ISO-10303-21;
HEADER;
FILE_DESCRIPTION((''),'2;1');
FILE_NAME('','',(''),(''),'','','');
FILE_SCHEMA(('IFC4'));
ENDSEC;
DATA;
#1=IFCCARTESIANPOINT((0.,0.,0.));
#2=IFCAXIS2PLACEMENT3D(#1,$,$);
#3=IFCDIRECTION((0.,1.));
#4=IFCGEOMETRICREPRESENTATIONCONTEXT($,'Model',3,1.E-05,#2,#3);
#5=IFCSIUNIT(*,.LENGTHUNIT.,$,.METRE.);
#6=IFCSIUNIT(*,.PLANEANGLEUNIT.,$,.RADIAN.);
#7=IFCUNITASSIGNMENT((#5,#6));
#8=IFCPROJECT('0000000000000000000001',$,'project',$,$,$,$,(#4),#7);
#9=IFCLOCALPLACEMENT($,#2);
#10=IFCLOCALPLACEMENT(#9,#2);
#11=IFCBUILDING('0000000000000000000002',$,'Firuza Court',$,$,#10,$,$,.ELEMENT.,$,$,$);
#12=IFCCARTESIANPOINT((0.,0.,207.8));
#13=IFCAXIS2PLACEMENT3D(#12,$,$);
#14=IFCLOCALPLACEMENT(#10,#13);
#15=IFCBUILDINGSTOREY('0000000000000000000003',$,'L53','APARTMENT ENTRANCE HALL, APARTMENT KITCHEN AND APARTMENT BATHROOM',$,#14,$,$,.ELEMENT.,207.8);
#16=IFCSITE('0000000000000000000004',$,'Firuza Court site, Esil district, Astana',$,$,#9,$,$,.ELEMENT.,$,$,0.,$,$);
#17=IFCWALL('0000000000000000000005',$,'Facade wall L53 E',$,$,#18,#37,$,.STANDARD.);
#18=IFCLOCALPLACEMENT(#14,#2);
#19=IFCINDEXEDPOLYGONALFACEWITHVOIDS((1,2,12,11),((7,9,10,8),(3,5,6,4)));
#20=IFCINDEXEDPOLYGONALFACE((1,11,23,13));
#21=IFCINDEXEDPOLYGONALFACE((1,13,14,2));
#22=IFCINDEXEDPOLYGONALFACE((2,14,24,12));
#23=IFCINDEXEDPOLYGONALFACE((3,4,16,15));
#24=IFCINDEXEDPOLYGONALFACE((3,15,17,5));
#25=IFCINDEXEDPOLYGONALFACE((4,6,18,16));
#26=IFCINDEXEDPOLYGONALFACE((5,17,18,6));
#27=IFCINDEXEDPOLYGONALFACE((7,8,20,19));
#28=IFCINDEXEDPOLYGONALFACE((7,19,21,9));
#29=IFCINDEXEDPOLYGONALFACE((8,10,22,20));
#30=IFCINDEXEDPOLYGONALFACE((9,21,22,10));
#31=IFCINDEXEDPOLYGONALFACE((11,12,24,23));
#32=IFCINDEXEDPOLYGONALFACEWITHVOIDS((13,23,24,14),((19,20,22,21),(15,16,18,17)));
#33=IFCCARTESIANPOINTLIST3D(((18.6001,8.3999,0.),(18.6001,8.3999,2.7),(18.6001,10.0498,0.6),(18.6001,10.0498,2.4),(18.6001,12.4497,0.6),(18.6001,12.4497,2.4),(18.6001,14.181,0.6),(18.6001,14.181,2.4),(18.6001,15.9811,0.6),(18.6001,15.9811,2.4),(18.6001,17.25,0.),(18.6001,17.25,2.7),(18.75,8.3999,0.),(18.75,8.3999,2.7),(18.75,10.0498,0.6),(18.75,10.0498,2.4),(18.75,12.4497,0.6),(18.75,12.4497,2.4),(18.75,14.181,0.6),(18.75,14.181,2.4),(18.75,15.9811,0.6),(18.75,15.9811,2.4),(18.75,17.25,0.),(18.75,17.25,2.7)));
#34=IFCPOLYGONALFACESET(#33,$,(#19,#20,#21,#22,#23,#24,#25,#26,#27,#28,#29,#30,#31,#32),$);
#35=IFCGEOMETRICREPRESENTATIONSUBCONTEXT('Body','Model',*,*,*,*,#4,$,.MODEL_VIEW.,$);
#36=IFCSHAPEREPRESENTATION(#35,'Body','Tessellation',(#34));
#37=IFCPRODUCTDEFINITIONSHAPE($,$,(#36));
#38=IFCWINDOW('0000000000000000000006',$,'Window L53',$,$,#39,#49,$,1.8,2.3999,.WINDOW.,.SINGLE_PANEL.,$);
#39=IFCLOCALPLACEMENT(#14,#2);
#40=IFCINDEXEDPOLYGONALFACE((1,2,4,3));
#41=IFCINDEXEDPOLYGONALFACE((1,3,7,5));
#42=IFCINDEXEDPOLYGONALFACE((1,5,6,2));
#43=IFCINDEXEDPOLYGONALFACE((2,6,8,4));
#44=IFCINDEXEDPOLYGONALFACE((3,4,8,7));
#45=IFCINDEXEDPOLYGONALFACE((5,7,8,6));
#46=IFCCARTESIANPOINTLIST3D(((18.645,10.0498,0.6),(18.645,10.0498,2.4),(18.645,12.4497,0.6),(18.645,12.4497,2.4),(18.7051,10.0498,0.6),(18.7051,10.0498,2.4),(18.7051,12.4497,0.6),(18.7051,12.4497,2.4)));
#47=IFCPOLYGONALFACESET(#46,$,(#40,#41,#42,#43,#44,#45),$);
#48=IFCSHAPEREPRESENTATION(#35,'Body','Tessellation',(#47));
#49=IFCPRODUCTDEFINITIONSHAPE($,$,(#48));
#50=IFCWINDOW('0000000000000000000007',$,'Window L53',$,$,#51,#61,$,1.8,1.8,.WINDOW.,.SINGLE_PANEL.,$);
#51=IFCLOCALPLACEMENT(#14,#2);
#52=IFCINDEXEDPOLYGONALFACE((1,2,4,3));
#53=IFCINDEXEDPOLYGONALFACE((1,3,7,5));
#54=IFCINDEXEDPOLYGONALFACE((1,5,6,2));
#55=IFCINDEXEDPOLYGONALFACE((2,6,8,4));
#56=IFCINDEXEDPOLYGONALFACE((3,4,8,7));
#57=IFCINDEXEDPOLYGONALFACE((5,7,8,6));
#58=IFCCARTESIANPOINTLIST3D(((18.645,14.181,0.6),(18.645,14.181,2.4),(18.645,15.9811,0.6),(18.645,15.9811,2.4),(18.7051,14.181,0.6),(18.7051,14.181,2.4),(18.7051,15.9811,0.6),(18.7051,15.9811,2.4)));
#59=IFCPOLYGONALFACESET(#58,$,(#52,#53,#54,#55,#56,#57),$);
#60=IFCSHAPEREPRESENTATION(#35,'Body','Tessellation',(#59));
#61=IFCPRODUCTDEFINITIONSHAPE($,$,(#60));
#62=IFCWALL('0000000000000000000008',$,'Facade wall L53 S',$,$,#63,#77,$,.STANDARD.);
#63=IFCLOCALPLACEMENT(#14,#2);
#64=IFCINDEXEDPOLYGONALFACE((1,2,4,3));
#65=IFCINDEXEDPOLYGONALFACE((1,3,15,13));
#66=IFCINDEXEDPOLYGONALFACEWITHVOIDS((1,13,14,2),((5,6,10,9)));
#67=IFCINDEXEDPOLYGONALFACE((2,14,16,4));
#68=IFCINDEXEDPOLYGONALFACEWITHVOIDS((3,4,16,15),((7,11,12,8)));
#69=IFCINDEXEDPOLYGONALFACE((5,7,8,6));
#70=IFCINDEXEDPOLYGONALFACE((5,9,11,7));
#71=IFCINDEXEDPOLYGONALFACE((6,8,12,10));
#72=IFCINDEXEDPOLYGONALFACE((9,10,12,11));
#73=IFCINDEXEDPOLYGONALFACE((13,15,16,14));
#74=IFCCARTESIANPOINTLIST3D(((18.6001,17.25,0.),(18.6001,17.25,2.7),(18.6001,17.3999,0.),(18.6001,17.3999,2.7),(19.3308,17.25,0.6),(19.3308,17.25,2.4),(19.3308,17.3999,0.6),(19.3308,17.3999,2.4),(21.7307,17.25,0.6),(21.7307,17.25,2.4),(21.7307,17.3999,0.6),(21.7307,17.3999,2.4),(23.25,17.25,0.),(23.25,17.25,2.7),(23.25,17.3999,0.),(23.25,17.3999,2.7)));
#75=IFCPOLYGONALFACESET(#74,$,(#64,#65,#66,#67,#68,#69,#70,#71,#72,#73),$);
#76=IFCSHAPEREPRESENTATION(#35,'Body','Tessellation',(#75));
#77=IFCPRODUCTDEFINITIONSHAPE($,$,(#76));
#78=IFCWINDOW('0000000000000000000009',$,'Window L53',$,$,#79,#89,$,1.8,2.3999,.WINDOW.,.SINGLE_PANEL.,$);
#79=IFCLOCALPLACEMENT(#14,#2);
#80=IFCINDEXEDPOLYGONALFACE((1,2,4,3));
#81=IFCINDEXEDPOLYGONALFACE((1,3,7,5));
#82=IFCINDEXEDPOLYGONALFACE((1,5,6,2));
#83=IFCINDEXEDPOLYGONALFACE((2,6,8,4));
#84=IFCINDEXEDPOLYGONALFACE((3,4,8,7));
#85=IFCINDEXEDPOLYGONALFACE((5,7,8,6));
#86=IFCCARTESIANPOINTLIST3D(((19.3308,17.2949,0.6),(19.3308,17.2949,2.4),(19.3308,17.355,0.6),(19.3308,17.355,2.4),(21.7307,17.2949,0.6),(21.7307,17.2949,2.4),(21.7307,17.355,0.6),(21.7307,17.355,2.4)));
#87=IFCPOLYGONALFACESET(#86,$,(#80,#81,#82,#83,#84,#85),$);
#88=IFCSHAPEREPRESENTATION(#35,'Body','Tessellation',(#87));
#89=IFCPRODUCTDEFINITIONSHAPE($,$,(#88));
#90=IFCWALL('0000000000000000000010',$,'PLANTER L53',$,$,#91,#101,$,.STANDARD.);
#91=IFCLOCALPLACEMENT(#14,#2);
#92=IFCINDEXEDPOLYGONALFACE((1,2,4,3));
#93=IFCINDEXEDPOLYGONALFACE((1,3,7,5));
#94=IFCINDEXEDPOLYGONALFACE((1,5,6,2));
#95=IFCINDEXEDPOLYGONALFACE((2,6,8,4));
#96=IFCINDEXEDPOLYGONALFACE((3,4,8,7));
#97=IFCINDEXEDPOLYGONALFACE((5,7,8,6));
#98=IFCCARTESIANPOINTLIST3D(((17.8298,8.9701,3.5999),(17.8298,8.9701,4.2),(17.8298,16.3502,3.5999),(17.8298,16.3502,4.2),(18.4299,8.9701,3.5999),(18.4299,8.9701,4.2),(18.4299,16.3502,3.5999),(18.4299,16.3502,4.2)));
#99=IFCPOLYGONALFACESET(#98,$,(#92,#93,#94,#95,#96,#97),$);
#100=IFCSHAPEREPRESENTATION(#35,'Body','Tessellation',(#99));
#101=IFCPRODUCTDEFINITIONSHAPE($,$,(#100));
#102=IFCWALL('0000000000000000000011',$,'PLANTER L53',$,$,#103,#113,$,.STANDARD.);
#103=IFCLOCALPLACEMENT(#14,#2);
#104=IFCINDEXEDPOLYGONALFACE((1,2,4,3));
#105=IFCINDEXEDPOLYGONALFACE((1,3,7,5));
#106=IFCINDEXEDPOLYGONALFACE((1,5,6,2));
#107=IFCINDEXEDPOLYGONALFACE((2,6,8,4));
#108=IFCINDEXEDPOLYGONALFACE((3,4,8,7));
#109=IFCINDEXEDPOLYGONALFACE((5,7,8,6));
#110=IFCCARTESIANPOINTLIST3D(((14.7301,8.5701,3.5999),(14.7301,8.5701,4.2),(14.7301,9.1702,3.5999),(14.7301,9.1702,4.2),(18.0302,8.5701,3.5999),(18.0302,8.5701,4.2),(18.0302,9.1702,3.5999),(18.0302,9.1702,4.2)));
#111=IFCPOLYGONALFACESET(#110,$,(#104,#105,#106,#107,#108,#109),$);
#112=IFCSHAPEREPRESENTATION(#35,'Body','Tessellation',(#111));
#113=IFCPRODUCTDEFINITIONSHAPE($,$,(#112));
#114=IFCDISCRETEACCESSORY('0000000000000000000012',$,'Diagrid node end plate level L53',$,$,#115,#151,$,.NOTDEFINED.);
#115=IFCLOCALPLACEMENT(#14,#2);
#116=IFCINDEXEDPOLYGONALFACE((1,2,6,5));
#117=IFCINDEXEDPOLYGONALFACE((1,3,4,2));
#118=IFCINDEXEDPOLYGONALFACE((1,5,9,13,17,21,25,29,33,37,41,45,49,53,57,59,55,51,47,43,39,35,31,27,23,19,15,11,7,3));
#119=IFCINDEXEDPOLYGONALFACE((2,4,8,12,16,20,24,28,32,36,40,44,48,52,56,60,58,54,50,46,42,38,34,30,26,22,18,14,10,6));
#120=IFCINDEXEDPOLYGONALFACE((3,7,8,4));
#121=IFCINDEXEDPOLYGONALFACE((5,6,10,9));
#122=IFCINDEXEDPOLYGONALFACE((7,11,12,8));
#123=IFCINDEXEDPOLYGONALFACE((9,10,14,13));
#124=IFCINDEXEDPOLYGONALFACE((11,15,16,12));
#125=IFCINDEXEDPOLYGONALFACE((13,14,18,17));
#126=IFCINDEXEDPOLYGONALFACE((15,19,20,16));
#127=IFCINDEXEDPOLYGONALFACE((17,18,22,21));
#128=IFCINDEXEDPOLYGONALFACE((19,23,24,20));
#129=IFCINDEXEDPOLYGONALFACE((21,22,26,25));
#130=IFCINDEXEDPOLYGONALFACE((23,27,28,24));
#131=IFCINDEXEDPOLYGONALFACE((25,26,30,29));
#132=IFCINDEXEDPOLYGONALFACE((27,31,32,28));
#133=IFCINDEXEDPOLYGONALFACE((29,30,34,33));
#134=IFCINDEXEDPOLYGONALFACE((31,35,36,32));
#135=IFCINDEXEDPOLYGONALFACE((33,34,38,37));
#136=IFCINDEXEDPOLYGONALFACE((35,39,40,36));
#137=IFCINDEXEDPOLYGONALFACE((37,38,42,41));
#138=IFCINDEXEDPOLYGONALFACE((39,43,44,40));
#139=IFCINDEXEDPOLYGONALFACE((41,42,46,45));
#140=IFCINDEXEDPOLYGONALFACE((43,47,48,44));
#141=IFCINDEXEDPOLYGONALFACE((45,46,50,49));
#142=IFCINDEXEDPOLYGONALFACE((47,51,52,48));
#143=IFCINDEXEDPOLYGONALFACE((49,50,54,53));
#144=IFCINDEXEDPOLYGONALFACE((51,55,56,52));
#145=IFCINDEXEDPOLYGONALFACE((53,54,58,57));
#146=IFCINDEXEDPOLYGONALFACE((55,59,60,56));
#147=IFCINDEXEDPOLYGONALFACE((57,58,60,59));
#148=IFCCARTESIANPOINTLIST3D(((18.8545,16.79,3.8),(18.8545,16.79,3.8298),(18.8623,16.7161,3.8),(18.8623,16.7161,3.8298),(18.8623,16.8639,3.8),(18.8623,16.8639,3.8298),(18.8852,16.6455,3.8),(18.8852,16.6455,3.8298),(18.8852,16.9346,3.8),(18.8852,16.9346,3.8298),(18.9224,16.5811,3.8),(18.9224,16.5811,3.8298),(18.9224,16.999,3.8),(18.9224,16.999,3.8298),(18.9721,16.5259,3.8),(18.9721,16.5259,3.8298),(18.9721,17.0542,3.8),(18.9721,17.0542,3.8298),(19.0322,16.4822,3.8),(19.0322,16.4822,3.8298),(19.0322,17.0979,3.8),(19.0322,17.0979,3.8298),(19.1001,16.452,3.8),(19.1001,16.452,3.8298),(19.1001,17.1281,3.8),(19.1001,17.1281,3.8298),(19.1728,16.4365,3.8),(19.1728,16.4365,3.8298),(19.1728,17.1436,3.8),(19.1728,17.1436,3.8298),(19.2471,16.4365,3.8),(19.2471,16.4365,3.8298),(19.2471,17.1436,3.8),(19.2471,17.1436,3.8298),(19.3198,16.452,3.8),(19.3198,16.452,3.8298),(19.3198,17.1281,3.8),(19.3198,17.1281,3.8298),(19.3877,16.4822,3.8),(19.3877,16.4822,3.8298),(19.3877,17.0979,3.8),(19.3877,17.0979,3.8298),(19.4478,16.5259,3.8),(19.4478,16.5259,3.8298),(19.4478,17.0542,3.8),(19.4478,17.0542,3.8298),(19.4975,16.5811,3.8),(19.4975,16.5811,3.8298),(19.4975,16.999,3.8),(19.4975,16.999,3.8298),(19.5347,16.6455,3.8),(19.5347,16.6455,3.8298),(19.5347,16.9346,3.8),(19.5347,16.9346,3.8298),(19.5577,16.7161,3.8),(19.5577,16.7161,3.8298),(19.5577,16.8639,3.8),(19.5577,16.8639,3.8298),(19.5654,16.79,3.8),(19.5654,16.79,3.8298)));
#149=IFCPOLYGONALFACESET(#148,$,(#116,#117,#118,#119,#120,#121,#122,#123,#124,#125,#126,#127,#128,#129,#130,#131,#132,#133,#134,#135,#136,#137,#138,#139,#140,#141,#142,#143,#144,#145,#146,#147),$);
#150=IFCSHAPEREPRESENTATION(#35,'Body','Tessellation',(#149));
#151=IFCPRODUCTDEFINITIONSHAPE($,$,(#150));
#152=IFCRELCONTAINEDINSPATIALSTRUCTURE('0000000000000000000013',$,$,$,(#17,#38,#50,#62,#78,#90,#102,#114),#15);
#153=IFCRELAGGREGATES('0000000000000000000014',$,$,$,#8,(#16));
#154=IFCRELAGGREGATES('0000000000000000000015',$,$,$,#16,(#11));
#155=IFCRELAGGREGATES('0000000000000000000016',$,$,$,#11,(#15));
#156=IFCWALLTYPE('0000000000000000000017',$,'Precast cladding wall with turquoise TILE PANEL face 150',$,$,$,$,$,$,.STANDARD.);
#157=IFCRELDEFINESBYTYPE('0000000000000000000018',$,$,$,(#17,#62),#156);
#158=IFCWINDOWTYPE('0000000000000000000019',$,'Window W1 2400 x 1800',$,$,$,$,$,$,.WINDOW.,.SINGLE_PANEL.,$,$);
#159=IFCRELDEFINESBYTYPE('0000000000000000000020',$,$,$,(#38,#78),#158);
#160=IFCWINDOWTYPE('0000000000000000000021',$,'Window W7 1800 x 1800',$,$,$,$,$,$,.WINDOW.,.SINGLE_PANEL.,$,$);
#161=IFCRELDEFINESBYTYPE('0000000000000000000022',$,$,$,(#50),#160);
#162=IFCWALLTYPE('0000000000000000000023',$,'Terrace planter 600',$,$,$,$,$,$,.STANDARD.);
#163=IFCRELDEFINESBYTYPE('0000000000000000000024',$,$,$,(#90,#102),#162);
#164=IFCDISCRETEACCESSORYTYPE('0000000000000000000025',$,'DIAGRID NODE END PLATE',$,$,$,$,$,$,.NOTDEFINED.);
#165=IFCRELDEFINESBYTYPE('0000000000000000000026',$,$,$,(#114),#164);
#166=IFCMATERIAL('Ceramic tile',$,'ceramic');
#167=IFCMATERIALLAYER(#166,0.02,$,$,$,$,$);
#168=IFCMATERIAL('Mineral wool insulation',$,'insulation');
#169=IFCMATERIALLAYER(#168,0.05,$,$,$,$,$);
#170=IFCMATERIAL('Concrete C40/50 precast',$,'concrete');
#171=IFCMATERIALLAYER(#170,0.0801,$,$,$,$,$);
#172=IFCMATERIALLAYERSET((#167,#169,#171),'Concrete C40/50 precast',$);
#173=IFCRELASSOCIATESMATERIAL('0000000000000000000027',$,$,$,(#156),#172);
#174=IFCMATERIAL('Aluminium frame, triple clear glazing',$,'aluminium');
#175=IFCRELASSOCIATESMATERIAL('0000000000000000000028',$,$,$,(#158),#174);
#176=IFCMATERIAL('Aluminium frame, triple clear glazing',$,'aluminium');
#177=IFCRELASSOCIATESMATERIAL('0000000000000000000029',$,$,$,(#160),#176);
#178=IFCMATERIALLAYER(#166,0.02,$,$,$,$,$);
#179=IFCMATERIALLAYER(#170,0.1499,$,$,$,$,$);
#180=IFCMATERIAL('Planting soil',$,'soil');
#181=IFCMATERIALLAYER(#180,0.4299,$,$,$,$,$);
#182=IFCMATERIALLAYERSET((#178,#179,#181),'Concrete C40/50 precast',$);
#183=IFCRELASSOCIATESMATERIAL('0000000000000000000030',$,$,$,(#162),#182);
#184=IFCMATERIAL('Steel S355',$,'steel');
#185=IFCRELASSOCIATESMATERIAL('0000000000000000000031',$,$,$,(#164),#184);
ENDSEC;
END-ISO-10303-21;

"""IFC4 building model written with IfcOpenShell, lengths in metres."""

from ifc_helpers import new_model, si_unit, direction, frame, frame_2d, origin, origin_2d, place, context, subcontext, project, spatial, rectangle, circle, extrude, material, layer, layer_set, material_profile, profile_set, type_object, element, fill, save


model = new_model("IFC4")

# Units and contexts
model_context = context("Model", 3, precision=1e-05, world=origin(), true_north=direction((0.0, 1.0)))
body_context = subcontext(model_context, "Body", "Model", "MODEL_VIEW")
ifc_project = project(units=[si_unit("LENGTHUNIT", "METRE"), si_unit("PLANEANGLEUNIT", "RADIAN")], contexts=[model_context])

# Site, building, storey
site_placement = place(None, origin())
site = spatial("IfcSite", under=ifc_project, at=site_placement, Name="Firuza Court site, Esil district, Astana", CompositionType="ELEMENT", RefElevation=0.0)
building_placement = place(site_placement, origin())
building = spatial("IfcBuilding", under=site, at=building_placement, Name="Firuza Court", CompositionType="ELEMENT")
storey_placement = place(building_placement, frame((0.0, 0.0, 207.8)))
storey = spatial("IfcBuildingStorey", under=building, at=storey_placement, Name="L53", Description="APARTMENT ENTRANCE HALL, APARTMENT KITCHEN AND APARTMENT BATHROOM", CompositionType="ELEMENT", Elevation=207.8)

# Wall, openings, windows
ifc_material_1 = material(Name="Ceramic tile", Category="ceramic")
ifc_layer_1 = layer(ifc_material_1, 0.02)
ifc_material_2 = material(Name="Mineral wool insulation", Category="insulation")
ifc_layer_2 = layer(ifc_material_2, 0.05)
ifc_material_3 = material(Name="Concrete C40/50 precast", Category="concrete")
ifc_layer_3 = layer(ifc_material_3, 0.0801)
ifc_layer_set_1 = layer_set([ifc_layer_1, ifc_layer_2, ifc_layer_3], Name="Concrete C40/50 precast")
wall_type_1 = type_object("IfcWallType", Name="Precast cladding wall with turquoise TILE PANEL face 150", PredefinedType="STANDARD", material=ifc_layer_set_1)
wall_1_placement = place(storey_placement, frame((18.675, 8.3999, 0.0), z_axis=(0.0, 0.0, 1.0), x_axis=(0.0, 1.0, 0.0)))
wall_1 = element("IfcWall", 1, at=wall_1_placement, inside=storey, type_object=wall_type_1, Name="Facade wall L53 E", PredefinedType="STANDARD", context=body_context, shape_type="SweptSolid", body=[
    extrude(rectangle(XDim=8.8501, YDim=0.1499, at=frame_2d((4.425, 0.0))), origin(), (0.0, 0.0, 1.0), 2.7),
])
opening_1_placement = place(wall_1_placement, frame((1.6499, 0.0, 0.6001)))
opening_1 = element("IfcOpeningElement", 2, at=opening_1_placement, cuts=wall_1, PredefinedType="OPENING", context=body_context, shape_type="SweptSolid", body=[
    extrude(rectangle(XDim=2.3999, YDim=1.8, at=frame_2d((1.2, 0.8999))), frame((0.0, 0.0869, 0.0), z_axis=(0.0, -1.0, 0.0), x_axis=(1.0, 0.0, 0.0)), (0.0, 0.0, 1.0), 0.1738),
])
opening_2_placement = place(wall_1_placement, frame((5.7812, 0.0, 0.6001)))
opening_2 = element("IfcOpeningElement", 3, at=opening_2_placement, cuts=wall_1, PredefinedType="OPENING", context=body_context, shape_type="SweptSolid", body=[
    extrude(rectangle(XDim=1.8, YDim=1.8, at=frame_2d((0.8999, 0.8999))), frame((0.0, 0.0869, 0.0), z_axis=(0.0, -1.0, 0.0), x_axis=(1.0, 0.0, 0.0)), (0.0, 0.0, 1.0), 0.1738),
])
ifc_material_4 = material(Name="Aluminium frame, triple clear glazing", Category="aluminium")
window_type_1 = type_object("IfcWindowType", Name="Window W1 2400 x 1800", PartitioningType="SINGLE_PANEL", PredefinedType="WINDOW", material=ifc_material_4)
window_1_placement = place(opening_1_placement, origin())
window_1 = element("IfcWindow", 4, at=window_1_placement, inside=storey, type_object=window_type_1, Name="Window L53", OverallHeight=1.8, OverallWidth=2.3999, PartitioningType="SINGLE_PANEL", PredefinedType="WINDOW", context=body_context, shape_type="SweptSolid", body=[
    extrude(rectangle(XDim=2.3999, YDim=1.8, at=frame_2d((1.2, 0.8999))), frame((0.0, 0.03, 0.0), z_axis=(0.0, -1.0, 0.0), x_axis=(1.0, 0.0, 0.0)), (0.0, 0.0, 1.0), 0.0601),
])
fill(opening_1, window_1)
ifc_material_5 = material(Name="Aluminium frame, triple clear glazing", Category="aluminium")
window_type_2 = type_object("IfcWindowType", Name="Window W7 1800 x 1800", PartitioningType="SINGLE_PANEL", PredefinedType="WINDOW", material=ifc_material_5)
window_2_placement = place(opening_2_placement, origin())
window_2 = element("IfcWindow", 5, at=window_2_placement, inside=storey, type_object=window_type_2, Name="Window L53", OverallHeight=1.8, OverallWidth=1.8, PartitioningType="SINGLE_PANEL", PredefinedType="WINDOW", context=body_context, shape_type="SweptSolid", body=[
    extrude(rectangle(XDim=1.8, YDim=1.8, at=frame_2d((0.8999, 0.8999))), frame((0.0, 0.03, 0.0), z_axis=(0.0, -1.0, 0.0), x_axis=(1.0, 0.0, 0.0)), (0.0, 0.0, 1.0), 0.0601),
])
fill(opening_2, window_2)

# Wall, opening, window
wall_2_placement = place(storey_placement, frame((18.6001, 17.325, 0.0), z_axis=(0.0, 0.0, 1.0), x_axis=(1.0, 0.0, 0.0)))
wall_2 = element("IfcWall", 6, at=wall_2_placement, inside=storey, type_object=wall_type_1, Name="Facade wall L53 S", PredefinedType="STANDARD", context=body_context, shape_type="SweptSolid", body=[
    extrude(rectangle(XDim=4.6499, YDim=0.1499, at=frame_2d((2.325, 0.0))), origin(), (0.0, 0.0, 1.0), 2.7),
])
opening_3_placement = place(wall_2_placement, frame((0.7307, 0.0, 0.6001)))
opening_3 = element("IfcOpeningElement", 7, at=opening_3_placement, cuts=wall_2, PredefinedType="OPENING", context=body_context, shape_type="SweptSolid", body=[
    extrude(rectangle(XDim=2.3999, YDim=1.8, at=frame_2d((1.2, 0.8999))), frame((0.0, 0.0869, 0.0), z_axis=(0.0, -1.0, 0.0), x_axis=(1.0, 0.0, 0.0)), (0.0, 0.0, 1.0), 0.1738),
])
window_3_placement = place(opening_3_placement, origin())
window_3 = element("IfcWindow", 8, at=window_3_placement, inside=storey, type_object=window_type_1, Name="Window L53", OverallHeight=1.8, OverallWidth=2.3999, PartitioningType="SINGLE_PANEL", PredefinedType="WINDOW", context=body_context, shape_type="SweptSolid", body=[
    extrude(rectangle(XDim=2.3999, YDim=1.8, at=frame_2d((1.2, 0.8999))), frame((0.0, 0.03, 0.0), z_axis=(0.0, -1.0, 0.0), x_axis=(1.0, 0.0, 0.0)), (0.0, 0.0, 1.0), 0.0601),
])
fill(opening_3, window_3)

# Walls
ifc_layer_4 = layer(ifc_material_1, 0.02)
ifc_layer_5 = layer(ifc_material_3, 0.1499)
ifc_material_6 = material(Name="Planting soil", Category="soil")
ifc_layer_6 = layer(ifc_material_6, 0.4299)
ifc_layer_set_2 = layer_set([ifc_layer_4, ifc_layer_5, ifc_layer_6], Name="Concrete C40/50 precast")
wall_type_2 = type_object("IfcWallType", Name="Terrace planter 600", PredefinedType="STANDARD", material=ifc_layer_set_2)
wall_3_placement = place(storey_placement, frame((18.1299, 16.3501, 3.5999), z_axis=(0.0, 0.0, 1.0), x_axis=(0.0, -1.0, 0.0)))
element("IfcWall", 9, at=wall_3_placement, inside=storey, type_object=wall_type_2, Name="PLANTER L53", PredefinedType="STANDARD", context=body_context, shape_type="SweptSolid", body=[
    extrude(rectangle(XDim=7.3801, YDim=0.6001, at=frame_2d((3.6899, 0.0))), origin(), (0.0, 0.0, 1.0), 0.6001),
])
wall_4_placement = place(storey_placement, frame((18.03, 8.8701, 3.5999), z_axis=(0.0, 0.0, 1.0), x_axis=(-1.0, 0.0, 0.0)))
element("IfcWall", 10, at=wall_4_placement, inside=storey, type_object=wall_type_2, Name="PLANTER L53", PredefinedType="STANDARD", context=body_context, shape_type="SweptSolid", body=[
    extrude(rectangle(XDim=3.3, YDim=0.6001, at=frame_2d((1.6499, 0.0))), origin(), (0.0, 0.0, 1.0), 0.6001),
])

# Discrete accessory
ifc_material_7 = material(Name="Steel S355", Category="steel")
ifc_material_profile_1 = material_profile(ifc_material_7, circle(Radius=0.3555, at=origin_2d()), Name="PL D711")
ifc_profile_set_1 = profile_set([ifc_material_profile_1], Name="Steel S355")
discrete_accessory_type = type_object("IfcDiscreteAccessoryType", Name="DIAGRID NODE END PLATE", PredefinedType="NOTDEFINED", material=ifc_profile_set_1)
discrete_accessory_1_placement = place(storey_placement, frame((19.21, 16.79, 3.8), z_axis=(0.0, 0.0, 1.0), x_axis=(1.0, 0.0, 0.0)))
element("IfcDiscreteAccessory", 11, at=discrete_accessory_1_placement, inside=storey, type_object=discrete_accessory_type, Name="Diagrid node end plate level L53", PredefinedType="NOTDEFINED", context=body_context, shape_type="SweptSolid", body=[
    extrude(circle(Radius=0.3555, at=origin_2d()), origin(), (0.0, 0.0, 1.0), 0.0298),
])

save(model, "model.ifc")
